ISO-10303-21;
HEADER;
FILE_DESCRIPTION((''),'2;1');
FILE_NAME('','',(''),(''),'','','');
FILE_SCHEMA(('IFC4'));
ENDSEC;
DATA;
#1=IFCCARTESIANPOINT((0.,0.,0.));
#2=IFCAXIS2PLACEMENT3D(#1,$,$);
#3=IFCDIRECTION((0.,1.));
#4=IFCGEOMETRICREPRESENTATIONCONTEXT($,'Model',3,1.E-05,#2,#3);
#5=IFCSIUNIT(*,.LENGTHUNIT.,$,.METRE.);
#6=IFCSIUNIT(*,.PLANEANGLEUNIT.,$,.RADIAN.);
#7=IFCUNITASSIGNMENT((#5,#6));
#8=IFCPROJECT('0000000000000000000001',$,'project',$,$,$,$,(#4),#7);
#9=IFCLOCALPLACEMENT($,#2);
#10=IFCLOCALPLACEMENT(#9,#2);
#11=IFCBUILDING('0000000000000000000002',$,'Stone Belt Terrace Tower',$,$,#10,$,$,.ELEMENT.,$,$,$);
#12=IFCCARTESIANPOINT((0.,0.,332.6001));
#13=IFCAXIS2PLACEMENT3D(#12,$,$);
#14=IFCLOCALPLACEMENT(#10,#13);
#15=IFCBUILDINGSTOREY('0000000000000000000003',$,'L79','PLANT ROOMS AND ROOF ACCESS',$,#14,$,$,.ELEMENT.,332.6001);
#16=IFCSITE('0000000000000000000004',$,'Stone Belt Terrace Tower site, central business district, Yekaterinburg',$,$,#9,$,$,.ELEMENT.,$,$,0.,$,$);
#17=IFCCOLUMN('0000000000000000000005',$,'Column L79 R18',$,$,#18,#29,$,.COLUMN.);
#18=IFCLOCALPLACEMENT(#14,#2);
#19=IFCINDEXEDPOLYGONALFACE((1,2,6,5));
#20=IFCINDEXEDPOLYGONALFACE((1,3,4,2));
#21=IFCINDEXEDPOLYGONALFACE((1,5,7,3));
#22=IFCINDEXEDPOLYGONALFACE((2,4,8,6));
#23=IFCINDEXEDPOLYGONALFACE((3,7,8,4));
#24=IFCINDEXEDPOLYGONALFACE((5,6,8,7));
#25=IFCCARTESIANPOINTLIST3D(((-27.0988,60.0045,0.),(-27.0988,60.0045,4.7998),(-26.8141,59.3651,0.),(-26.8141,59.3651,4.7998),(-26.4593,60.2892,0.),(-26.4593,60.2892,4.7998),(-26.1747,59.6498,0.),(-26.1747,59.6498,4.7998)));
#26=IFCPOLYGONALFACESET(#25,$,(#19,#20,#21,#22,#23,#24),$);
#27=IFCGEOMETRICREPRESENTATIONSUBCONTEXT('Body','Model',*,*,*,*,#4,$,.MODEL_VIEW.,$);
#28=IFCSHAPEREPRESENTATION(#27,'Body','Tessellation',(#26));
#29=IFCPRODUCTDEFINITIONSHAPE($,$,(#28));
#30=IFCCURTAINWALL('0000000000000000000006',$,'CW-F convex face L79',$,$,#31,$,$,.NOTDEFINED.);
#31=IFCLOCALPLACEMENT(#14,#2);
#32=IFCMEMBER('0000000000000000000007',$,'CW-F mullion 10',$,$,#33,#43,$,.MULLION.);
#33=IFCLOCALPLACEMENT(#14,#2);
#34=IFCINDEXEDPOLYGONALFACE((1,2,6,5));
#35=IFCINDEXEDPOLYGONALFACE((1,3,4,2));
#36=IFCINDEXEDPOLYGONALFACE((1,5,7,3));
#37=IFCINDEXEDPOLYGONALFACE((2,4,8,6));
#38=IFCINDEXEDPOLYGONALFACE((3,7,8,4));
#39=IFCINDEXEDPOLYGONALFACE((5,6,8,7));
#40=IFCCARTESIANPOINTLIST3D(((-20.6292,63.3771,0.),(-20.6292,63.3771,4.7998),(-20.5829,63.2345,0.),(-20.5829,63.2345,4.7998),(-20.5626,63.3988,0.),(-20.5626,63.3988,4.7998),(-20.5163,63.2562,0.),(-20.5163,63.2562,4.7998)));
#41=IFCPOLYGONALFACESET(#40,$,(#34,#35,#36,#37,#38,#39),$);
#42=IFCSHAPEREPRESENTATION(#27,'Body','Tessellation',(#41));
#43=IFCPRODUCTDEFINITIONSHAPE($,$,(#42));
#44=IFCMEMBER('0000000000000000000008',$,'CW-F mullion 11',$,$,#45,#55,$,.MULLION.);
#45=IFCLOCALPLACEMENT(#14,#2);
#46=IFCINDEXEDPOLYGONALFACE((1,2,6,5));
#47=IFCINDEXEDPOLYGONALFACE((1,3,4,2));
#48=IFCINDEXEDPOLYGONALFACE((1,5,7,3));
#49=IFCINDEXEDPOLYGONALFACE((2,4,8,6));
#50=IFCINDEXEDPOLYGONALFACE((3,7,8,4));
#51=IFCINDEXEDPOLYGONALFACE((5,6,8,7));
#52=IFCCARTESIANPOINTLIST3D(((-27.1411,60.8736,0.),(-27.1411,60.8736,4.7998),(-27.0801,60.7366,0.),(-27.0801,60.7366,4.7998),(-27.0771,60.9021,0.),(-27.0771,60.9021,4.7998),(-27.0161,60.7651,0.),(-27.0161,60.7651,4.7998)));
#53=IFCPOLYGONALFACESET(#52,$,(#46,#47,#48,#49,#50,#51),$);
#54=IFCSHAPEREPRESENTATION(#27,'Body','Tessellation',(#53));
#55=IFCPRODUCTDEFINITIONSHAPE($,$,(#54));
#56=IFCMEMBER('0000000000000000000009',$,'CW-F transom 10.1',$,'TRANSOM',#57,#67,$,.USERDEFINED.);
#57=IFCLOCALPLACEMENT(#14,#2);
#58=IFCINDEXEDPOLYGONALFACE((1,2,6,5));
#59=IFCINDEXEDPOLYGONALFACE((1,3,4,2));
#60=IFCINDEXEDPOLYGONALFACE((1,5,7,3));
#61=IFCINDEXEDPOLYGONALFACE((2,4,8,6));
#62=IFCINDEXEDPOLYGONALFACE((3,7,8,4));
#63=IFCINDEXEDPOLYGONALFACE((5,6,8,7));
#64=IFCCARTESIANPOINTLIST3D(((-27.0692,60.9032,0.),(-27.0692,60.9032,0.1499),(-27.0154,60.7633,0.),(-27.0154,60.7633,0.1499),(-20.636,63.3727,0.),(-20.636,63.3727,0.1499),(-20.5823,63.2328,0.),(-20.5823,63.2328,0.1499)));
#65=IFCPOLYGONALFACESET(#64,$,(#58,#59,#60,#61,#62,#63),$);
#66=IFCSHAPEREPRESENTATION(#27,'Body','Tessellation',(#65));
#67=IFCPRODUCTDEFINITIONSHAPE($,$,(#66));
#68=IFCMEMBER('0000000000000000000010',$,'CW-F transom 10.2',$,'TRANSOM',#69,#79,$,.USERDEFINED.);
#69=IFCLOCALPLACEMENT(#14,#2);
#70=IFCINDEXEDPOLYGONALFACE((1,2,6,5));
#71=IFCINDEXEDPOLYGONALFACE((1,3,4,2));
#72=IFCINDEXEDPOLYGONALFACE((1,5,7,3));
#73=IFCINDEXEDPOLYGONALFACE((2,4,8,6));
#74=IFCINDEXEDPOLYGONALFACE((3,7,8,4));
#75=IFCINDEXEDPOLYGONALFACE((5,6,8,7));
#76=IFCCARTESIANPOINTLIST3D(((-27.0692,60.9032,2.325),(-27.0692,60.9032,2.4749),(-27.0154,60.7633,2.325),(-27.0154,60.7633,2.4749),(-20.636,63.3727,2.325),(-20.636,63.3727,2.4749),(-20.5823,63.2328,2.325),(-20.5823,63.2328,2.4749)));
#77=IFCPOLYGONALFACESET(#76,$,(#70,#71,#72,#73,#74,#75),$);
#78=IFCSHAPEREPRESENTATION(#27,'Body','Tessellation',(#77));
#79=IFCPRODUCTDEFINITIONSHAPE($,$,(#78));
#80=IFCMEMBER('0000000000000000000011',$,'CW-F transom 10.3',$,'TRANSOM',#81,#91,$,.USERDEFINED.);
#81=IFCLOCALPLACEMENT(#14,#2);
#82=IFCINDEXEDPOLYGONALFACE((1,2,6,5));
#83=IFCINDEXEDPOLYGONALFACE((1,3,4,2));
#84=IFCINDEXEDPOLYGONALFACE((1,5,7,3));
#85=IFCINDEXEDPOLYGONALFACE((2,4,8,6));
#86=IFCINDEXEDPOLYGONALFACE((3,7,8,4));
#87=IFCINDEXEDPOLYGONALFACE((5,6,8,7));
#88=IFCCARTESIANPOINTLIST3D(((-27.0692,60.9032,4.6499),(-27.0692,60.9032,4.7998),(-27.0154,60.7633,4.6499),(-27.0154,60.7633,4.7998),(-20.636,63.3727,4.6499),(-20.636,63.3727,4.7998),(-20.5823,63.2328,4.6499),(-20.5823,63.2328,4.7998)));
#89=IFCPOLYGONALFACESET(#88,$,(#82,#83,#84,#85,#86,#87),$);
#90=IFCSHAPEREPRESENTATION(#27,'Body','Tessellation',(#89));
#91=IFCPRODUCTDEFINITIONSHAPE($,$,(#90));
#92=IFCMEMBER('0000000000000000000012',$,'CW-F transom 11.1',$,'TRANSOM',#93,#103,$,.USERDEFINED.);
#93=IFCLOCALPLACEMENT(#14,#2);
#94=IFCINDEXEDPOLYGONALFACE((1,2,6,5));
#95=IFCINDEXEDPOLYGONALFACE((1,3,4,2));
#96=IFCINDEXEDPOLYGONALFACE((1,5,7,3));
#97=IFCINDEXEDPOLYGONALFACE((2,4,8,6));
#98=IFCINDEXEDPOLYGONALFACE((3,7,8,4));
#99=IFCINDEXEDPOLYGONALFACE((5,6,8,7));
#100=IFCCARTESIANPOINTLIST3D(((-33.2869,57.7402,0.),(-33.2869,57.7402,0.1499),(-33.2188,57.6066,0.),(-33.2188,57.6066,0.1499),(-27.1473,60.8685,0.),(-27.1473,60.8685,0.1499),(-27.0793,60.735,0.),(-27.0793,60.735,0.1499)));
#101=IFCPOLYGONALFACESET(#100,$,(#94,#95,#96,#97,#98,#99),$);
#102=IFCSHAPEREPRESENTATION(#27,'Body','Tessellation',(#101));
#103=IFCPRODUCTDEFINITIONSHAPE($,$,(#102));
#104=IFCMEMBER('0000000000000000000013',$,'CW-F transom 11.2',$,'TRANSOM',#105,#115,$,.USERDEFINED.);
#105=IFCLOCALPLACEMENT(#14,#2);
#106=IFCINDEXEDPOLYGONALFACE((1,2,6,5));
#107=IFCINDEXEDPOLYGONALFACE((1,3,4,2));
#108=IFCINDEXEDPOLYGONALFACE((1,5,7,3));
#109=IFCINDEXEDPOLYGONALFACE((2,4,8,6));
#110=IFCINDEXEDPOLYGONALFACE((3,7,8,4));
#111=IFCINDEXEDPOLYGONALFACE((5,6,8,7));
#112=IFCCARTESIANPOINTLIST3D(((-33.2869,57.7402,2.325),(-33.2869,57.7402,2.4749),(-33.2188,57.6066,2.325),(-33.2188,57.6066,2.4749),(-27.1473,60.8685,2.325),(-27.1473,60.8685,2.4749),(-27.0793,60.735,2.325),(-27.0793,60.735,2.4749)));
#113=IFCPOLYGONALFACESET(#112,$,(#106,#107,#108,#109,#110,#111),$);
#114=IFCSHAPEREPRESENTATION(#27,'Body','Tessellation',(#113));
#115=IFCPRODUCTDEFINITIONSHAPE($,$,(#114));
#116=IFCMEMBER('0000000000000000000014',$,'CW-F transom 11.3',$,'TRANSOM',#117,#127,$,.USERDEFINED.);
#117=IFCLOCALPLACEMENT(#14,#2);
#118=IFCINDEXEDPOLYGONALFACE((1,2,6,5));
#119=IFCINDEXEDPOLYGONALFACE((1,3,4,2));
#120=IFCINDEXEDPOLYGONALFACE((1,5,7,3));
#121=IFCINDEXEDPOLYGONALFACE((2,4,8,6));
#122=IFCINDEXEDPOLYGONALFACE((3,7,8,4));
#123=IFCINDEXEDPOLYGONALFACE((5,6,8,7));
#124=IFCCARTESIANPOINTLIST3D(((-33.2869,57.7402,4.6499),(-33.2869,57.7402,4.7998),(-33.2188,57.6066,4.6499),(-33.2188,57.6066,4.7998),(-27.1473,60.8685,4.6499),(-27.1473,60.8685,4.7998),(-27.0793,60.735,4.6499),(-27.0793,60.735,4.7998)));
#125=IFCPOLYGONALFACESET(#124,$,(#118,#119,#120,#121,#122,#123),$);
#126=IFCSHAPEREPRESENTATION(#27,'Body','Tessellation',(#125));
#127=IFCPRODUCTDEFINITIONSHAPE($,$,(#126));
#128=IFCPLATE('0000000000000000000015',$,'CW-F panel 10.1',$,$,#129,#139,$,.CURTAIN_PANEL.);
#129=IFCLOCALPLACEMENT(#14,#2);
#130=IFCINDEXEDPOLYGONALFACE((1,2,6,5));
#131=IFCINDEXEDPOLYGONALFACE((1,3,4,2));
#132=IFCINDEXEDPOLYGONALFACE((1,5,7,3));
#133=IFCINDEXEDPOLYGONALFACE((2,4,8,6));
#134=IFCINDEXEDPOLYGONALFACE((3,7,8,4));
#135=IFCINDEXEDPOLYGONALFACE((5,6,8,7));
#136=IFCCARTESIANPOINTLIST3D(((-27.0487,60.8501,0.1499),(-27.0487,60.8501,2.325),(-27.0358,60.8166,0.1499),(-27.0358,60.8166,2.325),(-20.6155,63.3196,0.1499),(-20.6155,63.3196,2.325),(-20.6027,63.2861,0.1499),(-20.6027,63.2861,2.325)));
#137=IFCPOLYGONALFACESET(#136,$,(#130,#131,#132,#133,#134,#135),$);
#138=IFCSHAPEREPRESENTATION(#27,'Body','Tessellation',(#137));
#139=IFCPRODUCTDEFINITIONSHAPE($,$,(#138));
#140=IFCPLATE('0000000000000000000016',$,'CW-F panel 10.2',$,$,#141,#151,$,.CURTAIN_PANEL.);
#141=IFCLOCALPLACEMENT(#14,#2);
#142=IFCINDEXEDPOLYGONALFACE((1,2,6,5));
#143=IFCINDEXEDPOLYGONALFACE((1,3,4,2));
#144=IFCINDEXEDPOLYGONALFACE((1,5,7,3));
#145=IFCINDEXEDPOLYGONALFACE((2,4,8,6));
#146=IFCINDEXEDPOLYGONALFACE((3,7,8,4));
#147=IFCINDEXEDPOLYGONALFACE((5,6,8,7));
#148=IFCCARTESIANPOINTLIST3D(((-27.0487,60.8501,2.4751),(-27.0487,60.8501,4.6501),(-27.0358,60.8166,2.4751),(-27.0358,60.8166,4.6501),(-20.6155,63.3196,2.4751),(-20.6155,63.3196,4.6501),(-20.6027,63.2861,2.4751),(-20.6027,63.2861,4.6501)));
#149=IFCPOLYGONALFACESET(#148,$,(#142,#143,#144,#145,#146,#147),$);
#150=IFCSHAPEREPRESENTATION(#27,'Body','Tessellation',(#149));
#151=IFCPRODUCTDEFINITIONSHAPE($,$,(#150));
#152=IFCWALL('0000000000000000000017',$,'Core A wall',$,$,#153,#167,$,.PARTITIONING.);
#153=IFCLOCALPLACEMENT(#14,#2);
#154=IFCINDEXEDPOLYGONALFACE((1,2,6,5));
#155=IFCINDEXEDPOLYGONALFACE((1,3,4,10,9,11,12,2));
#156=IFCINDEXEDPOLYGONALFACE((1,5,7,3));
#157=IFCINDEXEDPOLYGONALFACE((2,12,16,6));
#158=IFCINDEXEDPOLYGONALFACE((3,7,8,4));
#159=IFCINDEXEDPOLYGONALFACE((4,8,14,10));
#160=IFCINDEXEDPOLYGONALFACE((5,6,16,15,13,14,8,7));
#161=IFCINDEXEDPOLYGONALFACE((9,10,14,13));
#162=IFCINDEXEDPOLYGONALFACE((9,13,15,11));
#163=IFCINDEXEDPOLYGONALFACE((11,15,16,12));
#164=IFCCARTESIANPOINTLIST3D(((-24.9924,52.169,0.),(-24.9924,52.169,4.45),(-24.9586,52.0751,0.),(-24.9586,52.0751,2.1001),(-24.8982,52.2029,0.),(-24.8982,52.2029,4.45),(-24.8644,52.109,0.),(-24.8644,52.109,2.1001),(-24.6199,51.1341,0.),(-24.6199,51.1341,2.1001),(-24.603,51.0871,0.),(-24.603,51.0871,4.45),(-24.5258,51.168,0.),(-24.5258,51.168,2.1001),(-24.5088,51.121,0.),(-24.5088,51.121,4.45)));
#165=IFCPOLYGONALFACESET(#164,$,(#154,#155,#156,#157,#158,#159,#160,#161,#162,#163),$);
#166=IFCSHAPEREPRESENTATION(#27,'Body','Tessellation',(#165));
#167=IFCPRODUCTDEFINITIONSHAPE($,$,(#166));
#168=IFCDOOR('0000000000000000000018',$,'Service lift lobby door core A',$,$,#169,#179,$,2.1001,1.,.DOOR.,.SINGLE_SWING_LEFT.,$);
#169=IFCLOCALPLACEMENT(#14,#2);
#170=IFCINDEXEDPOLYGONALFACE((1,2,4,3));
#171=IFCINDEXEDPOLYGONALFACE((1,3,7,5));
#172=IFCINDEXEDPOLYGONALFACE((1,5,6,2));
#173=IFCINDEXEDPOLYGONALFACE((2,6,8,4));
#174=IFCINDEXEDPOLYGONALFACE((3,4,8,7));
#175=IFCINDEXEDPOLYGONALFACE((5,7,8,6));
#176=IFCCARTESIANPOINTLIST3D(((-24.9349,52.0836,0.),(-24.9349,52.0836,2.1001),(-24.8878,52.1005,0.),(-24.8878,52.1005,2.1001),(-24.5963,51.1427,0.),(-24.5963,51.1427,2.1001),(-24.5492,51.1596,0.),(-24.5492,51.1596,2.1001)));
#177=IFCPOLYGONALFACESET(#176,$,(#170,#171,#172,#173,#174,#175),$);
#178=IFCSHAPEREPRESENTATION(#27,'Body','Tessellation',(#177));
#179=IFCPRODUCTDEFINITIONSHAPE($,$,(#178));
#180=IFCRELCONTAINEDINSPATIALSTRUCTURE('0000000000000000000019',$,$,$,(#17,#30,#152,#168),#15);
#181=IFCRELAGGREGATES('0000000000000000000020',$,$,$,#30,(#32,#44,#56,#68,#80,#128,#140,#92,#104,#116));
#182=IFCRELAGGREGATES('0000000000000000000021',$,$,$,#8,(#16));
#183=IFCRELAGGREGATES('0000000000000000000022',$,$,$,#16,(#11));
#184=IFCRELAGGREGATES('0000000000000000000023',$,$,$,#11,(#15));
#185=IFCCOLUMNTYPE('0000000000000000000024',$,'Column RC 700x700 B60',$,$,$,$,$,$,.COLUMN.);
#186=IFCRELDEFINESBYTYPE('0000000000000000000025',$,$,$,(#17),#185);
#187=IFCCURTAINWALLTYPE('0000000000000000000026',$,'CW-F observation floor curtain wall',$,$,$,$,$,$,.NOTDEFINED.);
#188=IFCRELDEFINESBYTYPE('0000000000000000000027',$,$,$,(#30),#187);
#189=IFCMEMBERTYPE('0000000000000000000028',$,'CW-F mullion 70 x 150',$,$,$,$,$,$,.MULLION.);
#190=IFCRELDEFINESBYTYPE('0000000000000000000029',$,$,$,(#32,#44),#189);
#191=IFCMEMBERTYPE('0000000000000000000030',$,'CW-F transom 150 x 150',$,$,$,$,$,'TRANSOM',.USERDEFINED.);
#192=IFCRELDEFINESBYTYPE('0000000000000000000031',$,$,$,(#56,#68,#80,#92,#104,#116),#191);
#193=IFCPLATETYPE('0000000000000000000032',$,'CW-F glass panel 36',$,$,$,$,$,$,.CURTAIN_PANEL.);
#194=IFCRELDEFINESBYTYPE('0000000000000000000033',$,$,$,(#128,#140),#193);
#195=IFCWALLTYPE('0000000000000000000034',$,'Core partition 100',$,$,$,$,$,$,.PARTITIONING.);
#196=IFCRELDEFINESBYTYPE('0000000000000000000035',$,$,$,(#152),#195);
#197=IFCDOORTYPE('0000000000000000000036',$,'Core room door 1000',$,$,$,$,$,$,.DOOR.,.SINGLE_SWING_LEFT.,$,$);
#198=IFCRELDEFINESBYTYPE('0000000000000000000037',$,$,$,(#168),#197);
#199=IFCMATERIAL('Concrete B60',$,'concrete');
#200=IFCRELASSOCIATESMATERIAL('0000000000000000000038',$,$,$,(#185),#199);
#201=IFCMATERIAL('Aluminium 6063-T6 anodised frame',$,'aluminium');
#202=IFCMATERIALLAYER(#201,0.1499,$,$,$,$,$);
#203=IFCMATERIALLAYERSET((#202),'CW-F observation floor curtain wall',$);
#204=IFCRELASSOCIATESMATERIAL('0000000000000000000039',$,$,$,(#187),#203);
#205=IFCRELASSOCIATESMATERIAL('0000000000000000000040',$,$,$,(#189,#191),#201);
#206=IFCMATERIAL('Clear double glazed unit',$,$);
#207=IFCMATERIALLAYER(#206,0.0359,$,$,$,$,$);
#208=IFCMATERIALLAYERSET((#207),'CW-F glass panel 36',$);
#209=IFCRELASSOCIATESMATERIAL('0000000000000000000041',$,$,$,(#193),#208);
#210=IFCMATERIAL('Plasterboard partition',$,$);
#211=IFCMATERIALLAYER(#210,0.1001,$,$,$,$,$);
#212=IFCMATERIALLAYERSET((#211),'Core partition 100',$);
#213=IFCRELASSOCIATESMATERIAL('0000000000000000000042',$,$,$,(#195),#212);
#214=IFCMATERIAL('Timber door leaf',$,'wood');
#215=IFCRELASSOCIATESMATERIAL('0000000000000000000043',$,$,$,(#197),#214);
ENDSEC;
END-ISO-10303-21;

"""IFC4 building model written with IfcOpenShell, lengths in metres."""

from ifc_helpers import new_model, si_unit, direction, frame, frame_2d, origin, origin_2d, place, context, subcontext, project, spatial, rectangle, extrude, material, layer, layer_set, material_profile, profile_set, type_object, element, fill, aggregate, save


model = new_model("IFC4")

# Units and contexts
model_context = context("Model", 3, precision=1e-05, world=origin(), true_north=direction((0.0, 1.0)))
body_context = subcontext(model_context, "Body", "Model", "MODEL_VIEW")
ifc_project = project(units=[si_unit("LENGTHUNIT", "METRE"), si_unit("PLANEANGLEUNIT", "RADIAN")], contexts=[model_context])

# Site, building, storey
site_placement = place(None, origin())
site = spatial("IfcSite", under=ifc_project, at=site_placement, Name="Stone Belt Terrace Tower site, central business district, Yekaterinburg", CompositionType="ELEMENT", RefElevation=0.0)
building_placement = place(site_placement, origin())
building = spatial("IfcBuilding", under=site, at=building_placement, Name="Stone Belt Terrace Tower", CompositionType="ELEMENT")
storey_placement = place(building_placement, frame((0.0, 0.0, 332.6001)))
storey = spatial("IfcBuildingStorey", under=building, at=storey_placement, Name="L79", Description="PLANT ROOMS AND ROOF ACCESS", CompositionType="ELEMENT", Elevation=332.6001)

# Column
ifc_material_1 = material(Name="Concrete B60", Category="concrete")
ifc_material_profile_1 = material_profile(ifc_material_1, rectangle(XDim=0.7, YDim=0.7, at=origin_2d()), Name="RC 700x700")
ifc_profile_set_1 = profile_set([ifc_material_profile_1], Name="Concrete B60")
column_type = type_object("IfcColumnType", Name="Column RC 700x700 B60", PredefinedType="COLUMN", material=ifc_profile_set_1)
column_placement = place(storey_placement, frame((-26.6367, 59.8271, 0.0), z_axis=(0.0, 0.0, 1.0), x_axis=(0.913545, 0.406737, 0.0)))
element("IfcColumn", 1, at=column_placement, inside=storey, type_object=column_type, Name="Column L79 R18", PredefinedType="COLUMN", context=body_context, shape_type="SweptSolid", body=[
    extrude(rectangle(XDim=0.7, YDim=0.7, at=origin_2d()), origin(), (0.0, 0.0, 1.0), 4.7998),
])

# Curtain wall, members, plates
ifc_material_2 = material(Name="Aluminium 6063-T6 anodised frame", Category="aluminium")
ifc_layer_1 = layer(ifc_material_2, 0.1499)
ifc_layer_set_1 = layer_set([ifc_layer_1], Name="CW-F observation floor curtain wall")
curtain_wall_type = type_object("IfcCurtainWallType", Name="CW-F observation floor curtain wall", PredefinedType="NOTDEFINED", material=ifc_layer_set_1)
curtain_wall_placement = place(storey_placement, origin())
curtain_wall = element("IfcCurtainWall", 2, at=curtain_wall_placement, inside=storey, type_object=curtain_wall_type, Name="CW-F convex face L79", PredefinedType="NOTDEFINED")
ifc_material_profile_2 = material_profile(ifc_material_2, rectangle(XDim=0.1499, YDim=0.0701, at=origin_2d()), Name="Aluminium 6063-T6 70x150")
ifc_profile_set_2 = profile_set([ifc_material_profile_2], Name="Aluminium 6063-T6 anodised frame")
member_type_1 = type_object("IfcMemberType", Name="CW-F mullion 70 x 150", PredefinedType="MULLION", material=ifc_profile_set_2)
member_1_placement = place(storey_placement, frame((-20.5728, 63.3167, 0.0), z_axis=(0.0, 0.0, 1.0), x_axis=(0.309017, -0.951057, 0.0)))
member_1 = element("IfcMember", 3, at=member_1_placement, type_object=member_type_1, Name="CW-F mullion 10", PredefinedType="MULLION", context=body_context, shape_type="SweptSolid", body=[
    extrude(rectangle(XDim=0.1499, YDim=0.0701, at=origin_2d()), origin(), (0.0, 0.0, 1.0), 4.7998),
])
member_2_placement = place(storey_placement, frame((-27.0786, 60.8193, 0.0), z_axis=(0.0, 0.0, 1.0), x_axis=(0.406737, -0.913545, 0.0)))
member_2 = element("IfcMember", 4, at=member_2_placement, type_object=member_type_1, Name="CW-F mullion 11", PredefinedType="MULLION", context=body_context, shape_type="SweptSolid", body=[
    extrude(rectangle(XDim=0.1499, YDim=0.0701, at=origin_2d()), origin(), (0.0, 0.0, 1.0), 4.7998),
])
ifc_material_profile_3 = material_profile(ifc_material_2, rectangle(XDim=0.1499, YDim=0.1499, at=origin_2d()), Name="Aluminium 6063-T6 150x150")
ifc_profile_set_3 = profile_set([ifc_material_profile_3], Name="Aluminium 6063-T6 anodised frame")
member_type_2 = type_object("IfcMemberType", Name="CW-F transom 150 x 150", ElementType="TRANSOM", PredefinedType="USERDEFINED", material=ifc_profile_set_3)
member_3_placement = place(storey_placement, frame((-20.6091, 63.3027, 0.075), z_axis=(-0.933578, -0.358374, 0.0), x_axis=(0.358374, -0.933578, 0.0)))
member_3 = element("IfcMember", 5, at=member_3_placement, type_object=member_type_2, Name="CW-F transom 10.1", ObjectType="TRANSOM", PredefinedType="USERDEFINED", context=body_context, shape_type="SweptSolid", body=[
    extrude(rectangle(XDim=0.1499, YDim=0.1499, at=origin_2d()), origin(), (0.0, 0.0, 1.0), 6.8909),
])
member_4_placement = place(storey_placement, frame((-20.6091, 63.3027, 2.3999), z_axis=(-0.933578, -0.358374, 0.0), x_axis=(0.358374, -0.933578, 0.0)))
member_4 = element("IfcMember", 6, at=member_4_placement, type_object=member_type_2, Name="CW-F transom 10.2", ObjectType="TRANSOM", PredefinedType="USERDEFINED", context=body_context, shape_type="SweptSolid", body=[
    extrude(rectangle(XDim=0.1499, YDim=0.1499, at=origin_2d()), origin(), (0.0, 0.0, 1.0), 6.8909),
])
member_5_placement = place(storey_placement, frame((-20.6091, 63.3027, 4.7249), z_axis=(-0.933578, -0.358374, 0.0), x_axis=(0.358374, -0.933578, 0.0)))
member_5 = element("IfcMember", 7, at=member_5_placement, type_object=member_type_2, Name="CW-F transom 10.3", ObjectType="TRANSOM", PredefinedType="USERDEFINED", context=body_context, shape_type="SweptSolid", body=[
    extrude(rectangle(XDim=0.1499, YDim=0.1499, at=origin_2d()), origin(), (0.0, 0.0, 1.0), 6.8909),
])
member_6_placement = place(storey_placement, frame((-27.1133, 60.8018, 0.075), z_axis=(-0.891, -0.454003, 0.0), x_axis=(0.454003, -0.891, 0.0)))
member_6 = element("IfcMember", 8, at=member_6_placement, type_object=member_type_2, Name="CW-F transom 11.1", ObjectType="TRANSOM", PredefinedType="USERDEFINED", context=body_context, shape_type="SweptSolid", body=[
    extrude(rectangle(XDim=0.1499, YDim=0.1499, at=origin_2d()), origin(), (0.0, 0.0, 1.0), 6.8906),
])
member_7_placement = place(storey_placement, frame((-27.1133, 60.8018, 2.3999), z_axis=(-0.891, -0.454003, 0.0), x_axis=(0.454003, -0.891, 0.0)))
member_7 = element("IfcMember", 9, at=member_7_placement, type_object=member_type_2, Name="CW-F transom 11.2", ObjectType="TRANSOM", PredefinedType="USERDEFINED", context=body_context, shape_type="SweptSolid", body=[
    extrude(rectangle(XDim=0.1499, YDim=0.1499, at=origin_2d()), origin(), (0.0, 0.0, 1.0), 6.8906),
])
member_8_placement = place(storey_placement, frame((-27.1133, 60.8018, 4.7249), z_axis=(-0.891, -0.454003, 0.0), x_axis=(0.454003, -0.891, 0.0)))
member_8 = element("IfcMember", 10, at=member_8_placement, type_object=member_type_2, Name="CW-F transom 11.3", ObjectType="TRANSOM", PredefinedType="USERDEFINED", context=body_context, shape_type="SweptSolid", body=[
    extrude(rectangle(XDim=0.1499, YDim=0.1499, at=origin_2d()), origin(), (0.0, 0.0, 1.0), 6.8906),
])
ifc_material_3 = material(Name="Clear double glazed unit")
ifc_layer_2 = layer(ifc_material_3, 0.0359)
ifc_layer_set_2 = layer_set([ifc_layer_2], Name="CW-F glass panel 36")
plate_type = type_object("IfcPlateType", Name="CW-F glass panel 36", PredefinedType="CURTAIN_PANEL", material=ifc_layer_set_2)
plate_1_placement = place(storey_placement, frame((-23.8257, 62.0681, 0.1499), z_axis=(0.0, 0.0, 1.0), x_axis=(-0.93358, -0.358368, 0.0)))
plate_1 = element("IfcPlate", 11, at=plate_1_placement, type_object=plate_type, Name="CW-F panel 10.1", PredefinedType="CURTAIN_PANEL", context=body_context, shape_type="SweptSolid", body=[
    extrude(rectangle(XDim=6.8909, YDim=0.0359, at=origin_2d()), origin(), (0.0, 0.0, 1.0), 2.175),
])
plate_2_placement = place(storey_placement, frame((-23.8257, 62.0681, 2.4751), z_axis=(0.0, 0.0, 1.0), x_axis=(-0.93358, -0.358368, 0.0)))
plate_2 = element("IfcPlate", 12, at=plate_2_placement, type_object=plate_type, Name="CW-F panel 10.2", PredefinedType="CURTAIN_PANEL", context=body_context, shape_type="SweptSolid", body=[
    extrude(rectangle(XDim=6.8909, YDim=0.0359, at=origin_2d()), origin(), (0.0, 0.0, 1.0), 2.175),
])
aggregate(curtain_wall, [member_1, member_2, member_3, member_4, member_5, plate_1, plate_2, member_6, member_7, member_8])

# Wall, opening, door
ifc_material_4 = material(Name="Plasterboard partition")
ifc_layer_3 = layer(ifc_material_4, 0.1001)
ifc_layer_set_3 = layer_set([ifc_layer_3], Name="Core partition 100")
wall_type_1 = type_object("IfcWallType", Name="Core partition 100", PredefinedType="PARTITIONING", material=ifc_layer_set_3)
wall_1_placement = place(storey_placement, frame((-24.5559, 51.104, 0.0), z_axis=(0.0, 0.0, 1.0), x_axis=(-0.338622, 0.940923, 0.0)))
wall_1 = element("IfcWall", 13, at=wall_1_placement, inside=storey, type_object=wall_type_1, Name="Core A wall", PredefinedType="PARTITIONING", context=body_context, shape_type="SweptSolid", body=[
    extrude(rectangle(XDim=1.1499, YDim=0.1001, at=frame_2d((0.575, 0.0))), origin(), (0.0, 0.0, 1.0), 4.45),
])
opening_1_placement = place(wall_1_placement, frame((0.05, 0.0, 0.0)))
opening_1 = element("IfcOpeningElement", 14, at=opening_1_placement, cuts=wall_1, PredefinedType="OPENING", context=body_context, shape_type="SweptSolid", body=[
    extrude(rectangle(XDim=1.0, YDim=2.1001, at=frame_2d((0.5, 1.05))), frame((0.0, 0.0601, 0.0), z_axis=(0.0, -1.0, 0.0), x_axis=(1.0, 0.0, 0.0)), (0.0, 0.0, 1.0), 0.1201),
])
ifc_material_5 = material(Name="Timber door leaf", Category="wood")
door_type_1 = type_object("IfcDoorType", Name="Core room door 1000", OperationType="SINGLE_SWING_LEFT", PredefinedType="DOOR", material=ifc_material_5)
door_1_placement = place(opening_1_placement, origin())
door_1 = element("IfcDoor", 15, at=door_1_placement, inside=storey, type_object=door_type_1, Name="Service lift lobby door core A", OperationType="SINGLE_SWING_LEFT", OverallHeight=2.1001, OverallWidth=1.0, PredefinedType="DOOR", context=body_context, shape_type="SweptSolid", body=[
    extrude(rectangle(XDim=1.0, YDim=2.1001, at=frame_2d((0.5, 1.05))), frame((0.0, 0.0249, 0.0), z_axis=(0.0, -1.0, 0.0), x_axis=(1.0, 0.0, 0.0)), (0.0, 0.0, 1.0), 0.05),
])
fill(opening_1, door_1)

save(model, "model.ifc")
